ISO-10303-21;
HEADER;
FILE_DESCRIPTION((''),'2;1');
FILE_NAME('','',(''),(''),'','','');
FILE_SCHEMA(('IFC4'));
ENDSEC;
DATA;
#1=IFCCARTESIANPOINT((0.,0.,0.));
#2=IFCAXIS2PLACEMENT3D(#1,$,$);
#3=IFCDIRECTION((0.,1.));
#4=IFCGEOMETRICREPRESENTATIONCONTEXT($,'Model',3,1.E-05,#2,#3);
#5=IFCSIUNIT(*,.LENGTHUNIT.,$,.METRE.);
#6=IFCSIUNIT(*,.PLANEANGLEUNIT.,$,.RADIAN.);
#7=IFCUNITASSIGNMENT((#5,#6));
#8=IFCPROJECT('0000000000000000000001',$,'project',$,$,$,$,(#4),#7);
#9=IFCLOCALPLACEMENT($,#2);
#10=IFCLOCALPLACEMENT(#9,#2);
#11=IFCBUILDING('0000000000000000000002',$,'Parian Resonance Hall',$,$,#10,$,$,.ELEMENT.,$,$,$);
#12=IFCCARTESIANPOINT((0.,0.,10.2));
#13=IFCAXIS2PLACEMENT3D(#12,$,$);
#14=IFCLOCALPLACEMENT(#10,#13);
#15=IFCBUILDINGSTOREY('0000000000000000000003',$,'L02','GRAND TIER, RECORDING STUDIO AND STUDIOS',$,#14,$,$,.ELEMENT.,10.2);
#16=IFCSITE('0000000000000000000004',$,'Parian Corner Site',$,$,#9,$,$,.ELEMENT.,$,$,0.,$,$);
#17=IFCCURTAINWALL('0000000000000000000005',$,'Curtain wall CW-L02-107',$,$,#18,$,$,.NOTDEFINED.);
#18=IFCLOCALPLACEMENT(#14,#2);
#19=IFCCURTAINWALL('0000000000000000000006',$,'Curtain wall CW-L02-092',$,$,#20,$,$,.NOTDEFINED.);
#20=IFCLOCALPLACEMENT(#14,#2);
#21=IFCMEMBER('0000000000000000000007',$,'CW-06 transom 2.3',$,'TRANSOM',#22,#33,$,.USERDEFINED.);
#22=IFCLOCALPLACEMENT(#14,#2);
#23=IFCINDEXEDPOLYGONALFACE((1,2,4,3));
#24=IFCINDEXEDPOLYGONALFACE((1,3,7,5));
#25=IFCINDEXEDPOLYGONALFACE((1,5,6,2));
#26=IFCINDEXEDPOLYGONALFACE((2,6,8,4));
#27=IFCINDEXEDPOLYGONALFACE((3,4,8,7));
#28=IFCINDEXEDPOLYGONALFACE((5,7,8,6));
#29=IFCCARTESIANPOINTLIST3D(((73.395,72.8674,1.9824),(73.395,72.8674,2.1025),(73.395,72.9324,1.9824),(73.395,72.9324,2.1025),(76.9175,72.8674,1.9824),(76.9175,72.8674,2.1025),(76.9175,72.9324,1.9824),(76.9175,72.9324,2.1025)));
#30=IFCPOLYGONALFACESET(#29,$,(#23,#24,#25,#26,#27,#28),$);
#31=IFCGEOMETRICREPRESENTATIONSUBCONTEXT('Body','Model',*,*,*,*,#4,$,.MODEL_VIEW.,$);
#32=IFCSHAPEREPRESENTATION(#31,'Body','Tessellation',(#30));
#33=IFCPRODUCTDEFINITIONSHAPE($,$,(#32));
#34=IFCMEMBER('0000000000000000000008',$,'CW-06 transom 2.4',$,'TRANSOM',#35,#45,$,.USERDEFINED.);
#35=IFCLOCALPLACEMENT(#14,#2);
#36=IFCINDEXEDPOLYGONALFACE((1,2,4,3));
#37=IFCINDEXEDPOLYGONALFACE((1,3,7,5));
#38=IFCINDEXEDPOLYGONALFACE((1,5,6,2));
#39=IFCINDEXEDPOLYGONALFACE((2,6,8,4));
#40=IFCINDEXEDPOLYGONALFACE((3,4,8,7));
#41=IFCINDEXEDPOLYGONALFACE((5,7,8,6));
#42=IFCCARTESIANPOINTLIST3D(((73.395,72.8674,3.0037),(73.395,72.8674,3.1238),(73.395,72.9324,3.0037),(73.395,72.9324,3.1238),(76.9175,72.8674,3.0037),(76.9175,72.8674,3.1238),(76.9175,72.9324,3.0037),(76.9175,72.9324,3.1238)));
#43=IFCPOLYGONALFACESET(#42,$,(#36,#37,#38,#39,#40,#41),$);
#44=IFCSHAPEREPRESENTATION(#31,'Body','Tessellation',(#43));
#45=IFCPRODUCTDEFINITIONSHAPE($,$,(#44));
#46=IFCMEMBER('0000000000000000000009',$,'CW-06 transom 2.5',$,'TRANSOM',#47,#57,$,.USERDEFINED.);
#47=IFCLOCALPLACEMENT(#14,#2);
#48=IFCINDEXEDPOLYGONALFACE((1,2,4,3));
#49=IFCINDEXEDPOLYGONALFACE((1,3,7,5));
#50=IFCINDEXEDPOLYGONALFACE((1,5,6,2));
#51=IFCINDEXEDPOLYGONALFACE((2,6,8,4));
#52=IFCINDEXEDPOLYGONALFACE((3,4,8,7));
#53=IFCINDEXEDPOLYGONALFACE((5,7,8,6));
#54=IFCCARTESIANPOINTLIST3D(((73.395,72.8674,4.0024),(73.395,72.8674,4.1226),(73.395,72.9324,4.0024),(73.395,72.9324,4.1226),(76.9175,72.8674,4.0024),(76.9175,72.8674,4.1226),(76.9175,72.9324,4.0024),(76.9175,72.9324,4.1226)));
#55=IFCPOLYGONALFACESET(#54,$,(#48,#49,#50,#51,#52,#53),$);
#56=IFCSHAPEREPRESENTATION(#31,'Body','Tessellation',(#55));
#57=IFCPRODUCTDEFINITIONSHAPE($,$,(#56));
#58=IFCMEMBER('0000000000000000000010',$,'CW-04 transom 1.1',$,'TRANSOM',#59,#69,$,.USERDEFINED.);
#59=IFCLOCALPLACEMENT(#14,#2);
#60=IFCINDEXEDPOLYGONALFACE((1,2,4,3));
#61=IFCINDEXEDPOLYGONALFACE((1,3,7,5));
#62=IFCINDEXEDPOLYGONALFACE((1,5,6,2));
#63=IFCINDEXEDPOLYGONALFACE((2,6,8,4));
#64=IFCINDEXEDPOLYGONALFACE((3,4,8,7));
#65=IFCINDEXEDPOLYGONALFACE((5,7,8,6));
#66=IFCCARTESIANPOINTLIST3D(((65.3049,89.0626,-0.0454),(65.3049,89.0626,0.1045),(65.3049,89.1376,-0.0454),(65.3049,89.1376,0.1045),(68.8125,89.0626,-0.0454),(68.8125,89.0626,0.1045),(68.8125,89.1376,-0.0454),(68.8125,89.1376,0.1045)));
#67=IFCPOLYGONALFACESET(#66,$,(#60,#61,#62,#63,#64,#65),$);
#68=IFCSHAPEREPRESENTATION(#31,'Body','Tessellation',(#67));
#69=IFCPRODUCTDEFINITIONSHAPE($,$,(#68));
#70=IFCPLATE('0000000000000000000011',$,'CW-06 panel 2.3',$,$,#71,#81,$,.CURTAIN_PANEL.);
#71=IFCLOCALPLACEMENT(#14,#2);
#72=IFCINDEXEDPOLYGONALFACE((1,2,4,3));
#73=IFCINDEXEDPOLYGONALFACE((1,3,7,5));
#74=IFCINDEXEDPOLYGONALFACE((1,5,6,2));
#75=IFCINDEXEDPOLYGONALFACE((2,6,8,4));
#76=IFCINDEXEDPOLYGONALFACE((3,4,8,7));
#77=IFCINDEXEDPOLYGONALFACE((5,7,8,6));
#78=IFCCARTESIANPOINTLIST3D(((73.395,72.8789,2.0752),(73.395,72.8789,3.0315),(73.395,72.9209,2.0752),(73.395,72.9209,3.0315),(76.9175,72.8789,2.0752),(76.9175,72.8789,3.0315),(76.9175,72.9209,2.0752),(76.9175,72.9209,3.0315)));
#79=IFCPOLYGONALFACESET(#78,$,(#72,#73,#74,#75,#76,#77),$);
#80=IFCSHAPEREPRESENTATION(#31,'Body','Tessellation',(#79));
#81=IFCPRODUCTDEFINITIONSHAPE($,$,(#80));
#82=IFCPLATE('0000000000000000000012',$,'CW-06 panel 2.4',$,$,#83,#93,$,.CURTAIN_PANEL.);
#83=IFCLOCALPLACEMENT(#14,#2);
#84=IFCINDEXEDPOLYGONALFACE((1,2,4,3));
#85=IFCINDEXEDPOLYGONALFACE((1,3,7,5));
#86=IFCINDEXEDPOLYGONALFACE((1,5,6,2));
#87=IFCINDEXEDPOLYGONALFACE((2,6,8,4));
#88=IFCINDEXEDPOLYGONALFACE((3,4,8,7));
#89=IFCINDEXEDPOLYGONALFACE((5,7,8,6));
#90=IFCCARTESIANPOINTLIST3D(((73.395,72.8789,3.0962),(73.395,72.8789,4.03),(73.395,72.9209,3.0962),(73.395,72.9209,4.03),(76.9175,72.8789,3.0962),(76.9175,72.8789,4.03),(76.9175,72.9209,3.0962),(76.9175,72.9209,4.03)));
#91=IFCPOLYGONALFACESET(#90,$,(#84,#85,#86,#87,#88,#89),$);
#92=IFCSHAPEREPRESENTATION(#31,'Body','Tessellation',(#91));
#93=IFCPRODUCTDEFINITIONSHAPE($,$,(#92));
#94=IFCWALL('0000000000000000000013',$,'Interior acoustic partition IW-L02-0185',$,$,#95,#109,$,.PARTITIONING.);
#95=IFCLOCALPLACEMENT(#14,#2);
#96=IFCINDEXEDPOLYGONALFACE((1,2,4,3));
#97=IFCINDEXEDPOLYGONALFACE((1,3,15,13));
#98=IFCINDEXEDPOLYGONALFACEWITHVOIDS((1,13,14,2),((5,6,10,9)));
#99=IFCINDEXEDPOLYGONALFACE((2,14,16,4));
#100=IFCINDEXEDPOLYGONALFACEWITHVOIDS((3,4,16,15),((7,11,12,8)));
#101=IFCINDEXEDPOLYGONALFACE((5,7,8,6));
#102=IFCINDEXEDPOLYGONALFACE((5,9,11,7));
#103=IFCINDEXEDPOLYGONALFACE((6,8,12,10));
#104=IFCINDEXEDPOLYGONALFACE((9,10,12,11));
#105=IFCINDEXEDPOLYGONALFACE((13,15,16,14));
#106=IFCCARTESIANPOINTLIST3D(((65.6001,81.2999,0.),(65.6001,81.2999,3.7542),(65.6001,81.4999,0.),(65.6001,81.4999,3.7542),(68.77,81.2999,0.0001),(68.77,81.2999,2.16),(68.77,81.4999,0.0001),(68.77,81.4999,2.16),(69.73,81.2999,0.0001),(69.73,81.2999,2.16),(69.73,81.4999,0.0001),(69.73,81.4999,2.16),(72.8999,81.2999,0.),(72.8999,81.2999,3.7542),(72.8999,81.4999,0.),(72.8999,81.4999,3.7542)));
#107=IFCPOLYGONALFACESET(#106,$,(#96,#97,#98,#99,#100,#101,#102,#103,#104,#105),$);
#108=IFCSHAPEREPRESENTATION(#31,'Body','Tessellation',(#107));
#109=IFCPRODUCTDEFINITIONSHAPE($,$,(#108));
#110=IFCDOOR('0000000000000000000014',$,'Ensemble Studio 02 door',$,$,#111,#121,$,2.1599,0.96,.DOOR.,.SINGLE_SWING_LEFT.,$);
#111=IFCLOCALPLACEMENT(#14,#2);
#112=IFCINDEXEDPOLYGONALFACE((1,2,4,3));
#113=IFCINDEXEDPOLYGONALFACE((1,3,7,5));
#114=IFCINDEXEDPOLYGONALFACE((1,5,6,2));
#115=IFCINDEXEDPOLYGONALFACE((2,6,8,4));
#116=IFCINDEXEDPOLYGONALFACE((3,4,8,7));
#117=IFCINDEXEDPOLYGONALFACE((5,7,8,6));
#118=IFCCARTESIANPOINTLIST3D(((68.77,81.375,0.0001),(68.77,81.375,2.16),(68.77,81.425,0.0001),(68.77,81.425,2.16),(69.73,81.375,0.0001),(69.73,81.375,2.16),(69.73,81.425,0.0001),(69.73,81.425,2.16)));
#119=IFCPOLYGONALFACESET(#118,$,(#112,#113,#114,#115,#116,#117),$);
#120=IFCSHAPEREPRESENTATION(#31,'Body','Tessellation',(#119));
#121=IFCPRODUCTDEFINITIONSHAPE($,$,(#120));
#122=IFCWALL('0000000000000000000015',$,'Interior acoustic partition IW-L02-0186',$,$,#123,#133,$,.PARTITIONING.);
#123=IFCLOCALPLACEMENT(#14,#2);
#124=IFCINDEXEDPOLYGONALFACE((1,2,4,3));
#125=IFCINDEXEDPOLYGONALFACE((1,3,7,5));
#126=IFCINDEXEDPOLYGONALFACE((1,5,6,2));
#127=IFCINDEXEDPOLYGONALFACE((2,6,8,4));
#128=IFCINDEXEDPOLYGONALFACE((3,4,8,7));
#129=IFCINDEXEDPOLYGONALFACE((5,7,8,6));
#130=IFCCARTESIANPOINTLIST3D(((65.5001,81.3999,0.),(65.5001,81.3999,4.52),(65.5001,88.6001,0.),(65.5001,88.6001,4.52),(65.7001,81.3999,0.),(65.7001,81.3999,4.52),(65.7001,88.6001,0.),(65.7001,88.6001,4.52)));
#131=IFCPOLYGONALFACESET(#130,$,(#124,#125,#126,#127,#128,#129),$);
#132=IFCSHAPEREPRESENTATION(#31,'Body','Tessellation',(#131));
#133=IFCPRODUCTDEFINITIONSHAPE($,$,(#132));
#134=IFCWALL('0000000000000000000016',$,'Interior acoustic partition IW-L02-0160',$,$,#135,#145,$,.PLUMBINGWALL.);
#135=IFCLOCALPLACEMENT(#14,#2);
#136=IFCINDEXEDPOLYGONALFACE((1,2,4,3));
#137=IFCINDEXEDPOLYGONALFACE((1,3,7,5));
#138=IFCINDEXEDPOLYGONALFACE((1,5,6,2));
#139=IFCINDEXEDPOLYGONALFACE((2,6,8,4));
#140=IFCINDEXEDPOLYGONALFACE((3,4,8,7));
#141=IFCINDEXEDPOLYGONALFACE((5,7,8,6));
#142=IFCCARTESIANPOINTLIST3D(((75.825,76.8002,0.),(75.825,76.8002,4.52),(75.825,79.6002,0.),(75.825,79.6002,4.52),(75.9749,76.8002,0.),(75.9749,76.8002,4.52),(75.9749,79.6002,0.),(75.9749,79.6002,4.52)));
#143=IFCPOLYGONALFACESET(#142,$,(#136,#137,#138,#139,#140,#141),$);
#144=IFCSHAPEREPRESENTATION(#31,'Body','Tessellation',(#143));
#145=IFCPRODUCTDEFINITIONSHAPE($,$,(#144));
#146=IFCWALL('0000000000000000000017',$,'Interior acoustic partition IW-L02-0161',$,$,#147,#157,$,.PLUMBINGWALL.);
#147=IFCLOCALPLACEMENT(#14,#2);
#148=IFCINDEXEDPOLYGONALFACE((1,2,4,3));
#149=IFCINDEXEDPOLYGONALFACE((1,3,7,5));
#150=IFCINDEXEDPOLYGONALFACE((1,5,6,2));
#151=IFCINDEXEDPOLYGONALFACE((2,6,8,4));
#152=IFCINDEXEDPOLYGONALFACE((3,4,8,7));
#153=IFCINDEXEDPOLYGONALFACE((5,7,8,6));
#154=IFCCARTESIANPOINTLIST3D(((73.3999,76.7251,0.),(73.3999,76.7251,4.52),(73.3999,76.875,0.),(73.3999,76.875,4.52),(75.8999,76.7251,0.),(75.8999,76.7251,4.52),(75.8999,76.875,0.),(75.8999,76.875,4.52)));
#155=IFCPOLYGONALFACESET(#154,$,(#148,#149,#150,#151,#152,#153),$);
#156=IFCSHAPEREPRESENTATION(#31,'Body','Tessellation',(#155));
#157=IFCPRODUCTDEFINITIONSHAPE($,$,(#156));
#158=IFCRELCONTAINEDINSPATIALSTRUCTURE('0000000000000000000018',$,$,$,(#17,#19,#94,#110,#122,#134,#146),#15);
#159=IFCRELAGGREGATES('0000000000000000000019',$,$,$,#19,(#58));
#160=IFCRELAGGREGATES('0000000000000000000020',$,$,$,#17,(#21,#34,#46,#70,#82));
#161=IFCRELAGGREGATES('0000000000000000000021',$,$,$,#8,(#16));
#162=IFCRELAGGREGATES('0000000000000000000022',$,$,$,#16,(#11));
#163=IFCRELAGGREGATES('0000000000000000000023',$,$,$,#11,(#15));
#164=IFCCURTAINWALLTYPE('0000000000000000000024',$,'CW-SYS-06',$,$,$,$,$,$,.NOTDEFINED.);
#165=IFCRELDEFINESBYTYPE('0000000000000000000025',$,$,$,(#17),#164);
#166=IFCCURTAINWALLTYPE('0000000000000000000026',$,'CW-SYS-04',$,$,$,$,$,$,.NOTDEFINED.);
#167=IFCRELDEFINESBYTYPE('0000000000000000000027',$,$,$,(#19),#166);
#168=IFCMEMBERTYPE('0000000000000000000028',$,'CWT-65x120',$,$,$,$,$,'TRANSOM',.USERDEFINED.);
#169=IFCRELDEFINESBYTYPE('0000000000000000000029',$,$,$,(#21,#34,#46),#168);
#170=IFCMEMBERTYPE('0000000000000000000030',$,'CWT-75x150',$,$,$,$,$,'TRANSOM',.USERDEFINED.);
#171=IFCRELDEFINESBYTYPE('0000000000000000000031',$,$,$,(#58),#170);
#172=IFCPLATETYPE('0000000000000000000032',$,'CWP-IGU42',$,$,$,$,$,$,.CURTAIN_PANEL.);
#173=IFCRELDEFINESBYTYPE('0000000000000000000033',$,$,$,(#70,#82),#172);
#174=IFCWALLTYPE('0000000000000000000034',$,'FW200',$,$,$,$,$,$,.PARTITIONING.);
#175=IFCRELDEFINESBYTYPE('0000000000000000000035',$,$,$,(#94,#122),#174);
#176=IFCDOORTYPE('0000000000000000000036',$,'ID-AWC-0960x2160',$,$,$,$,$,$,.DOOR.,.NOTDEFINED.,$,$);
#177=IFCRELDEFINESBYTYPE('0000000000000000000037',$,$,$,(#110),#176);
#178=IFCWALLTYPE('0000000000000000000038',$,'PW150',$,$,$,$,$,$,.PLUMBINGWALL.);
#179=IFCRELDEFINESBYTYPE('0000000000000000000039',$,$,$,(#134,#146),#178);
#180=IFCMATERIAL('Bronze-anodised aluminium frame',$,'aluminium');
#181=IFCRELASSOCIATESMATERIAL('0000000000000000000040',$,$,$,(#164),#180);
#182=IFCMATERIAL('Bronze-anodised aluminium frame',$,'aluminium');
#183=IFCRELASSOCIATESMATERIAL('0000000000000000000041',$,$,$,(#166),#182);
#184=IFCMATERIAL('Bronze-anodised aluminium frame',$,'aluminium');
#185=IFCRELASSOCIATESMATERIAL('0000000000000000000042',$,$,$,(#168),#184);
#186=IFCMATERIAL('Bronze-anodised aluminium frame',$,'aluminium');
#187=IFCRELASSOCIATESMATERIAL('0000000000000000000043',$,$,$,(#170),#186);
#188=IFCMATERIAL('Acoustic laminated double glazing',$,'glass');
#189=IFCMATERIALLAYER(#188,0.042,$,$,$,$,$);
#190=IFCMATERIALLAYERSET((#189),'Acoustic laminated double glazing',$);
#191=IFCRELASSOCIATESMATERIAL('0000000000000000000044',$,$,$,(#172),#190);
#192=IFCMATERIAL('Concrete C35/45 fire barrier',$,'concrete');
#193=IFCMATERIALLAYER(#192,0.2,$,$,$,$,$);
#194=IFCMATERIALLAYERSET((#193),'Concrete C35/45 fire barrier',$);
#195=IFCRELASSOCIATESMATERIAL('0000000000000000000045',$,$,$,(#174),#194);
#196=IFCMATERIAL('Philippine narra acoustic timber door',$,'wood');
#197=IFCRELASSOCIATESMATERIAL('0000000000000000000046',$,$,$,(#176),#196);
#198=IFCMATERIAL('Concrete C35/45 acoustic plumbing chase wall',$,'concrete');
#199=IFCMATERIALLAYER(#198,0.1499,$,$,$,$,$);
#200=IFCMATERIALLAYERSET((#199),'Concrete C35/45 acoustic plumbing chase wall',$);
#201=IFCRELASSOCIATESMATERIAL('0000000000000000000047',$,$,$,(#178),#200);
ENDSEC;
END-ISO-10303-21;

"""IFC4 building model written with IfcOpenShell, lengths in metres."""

from ifc_helpers import new_model, si_unit, direction, frame, frame_2d, origin, origin_2d, place, context, subcontext, project, spatial, rectangle, extrude, material, layer, layer_set, material_profile, profile_set, type_object, element, fill, aggregate, save


model = new_model("IFC4")

# Units and contexts
model_context = context("Model", 3, precision=1e-05, world=origin(), true_north=direction((0.0, 1.0)))
body_context = subcontext(model_context, "Body", "Model", "MODEL_VIEW")
ifc_project = project(units=[si_unit("LENGTHUNIT", "METRE"), si_unit("PLANEANGLEUNIT", "RADIAN")], contexts=[model_context])

# Site, building, storey
site_placement = place(None, origin())
site = spatial("IfcSite", under=ifc_project, at=site_placement, Name="Parian Corner Site", CompositionType="ELEMENT", RefElevation=0.0)
building_placement = place(site_placement, origin())
building = spatial("IfcBuilding", under=site, at=building_placement, Name="Parian Resonance Hall", CompositionType="ELEMENT")
storey_placement = place(building_placement, frame((0.0, 0.0, 10.2)))
storey = spatial("IfcBuildingStorey", under=building, at=storey_placement, Name="L02", Description="GRAND TIER, RECORDING STUDIO AND STUDIOS", CompositionType="ELEMENT", Elevation=10.2)

# Curtain walls
ifc_material_1 = material(Name="Bronze-anodised aluminium frame", Category="aluminium")
curtain_wall_type_1 = type_object("IfcCurtainWallType", Name="CW-SYS-06", PredefinedType="NOTDEFINED", material=ifc_material_1)
curtain_wall_1_placement = place(storey_placement, origin())
curtain_wall_1 = element("IfcCurtainWall", 1, at=curtain_wall_1_placement, inside=storey, type_object=curtain_wall_type_1, Name="Curtain wall CW-L02-107", PredefinedType="NOTDEFINED")
ifc_material_2 = material(Name="Bronze-anodised aluminium frame", Category="aluminium")
curtain_wall_type_2 = type_object("IfcCurtainWallType", Name="CW-SYS-04", PredefinedType="NOTDEFINED", material=ifc_material_2)
curtain_wall_2_placement = place(storey_placement, origin())
curtain_wall_2 = element("IfcCurtainWall", 2, at=curtain_wall_2_placement, inside=storey, type_object=curtain_wall_type_2, Name="Curtain wall CW-L02-092", PredefinedType="NOTDEFINED")

# Members
ifc_material_3 = material(Name="Bronze-anodised aluminium frame", Category="aluminium")
ifc_material_profile_1 = material_profile(ifc_material_3, rectangle(XDim=0.0649, YDim=0.1201, at=origin_2d()), Name="CWT-65x120")
ifc_profile_set_1 = profile_set([ifc_material_profile_1], Name="Bronze-anodised aluminium frame")
member_type_1 = type_object("IfcMemberType", Name="CWT-65x120", ElementType="TRANSOM", PredefinedType="USERDEFINED", material=ifc_profile_set_1)
member_1_placement = place(storey_placement, frame((76.9175, 72.8999, 2.0425), z_axis=(-1.0, 0.0, 0.0), x_axis=(0.0, -1.0, 0.0)))
member_1 = element("IfcMember", 3, at=member_1_placement, type_object=member_type_1, Name="CW-06 transom 2.3", ObjectType="TRANSOM", PredefinedType="USERDEFINED", context=body_context, shape_type="SweptSolid", body=[
    extrude(rectangle(XDim=0.0649, YDim=0.1201, at=origin_2d()), origin(), (0.0, 0.0, 1.0), 3.5225),
])
member_2_placement = place(storey_placement, frame((76.9175, 72.8999, 3.0637), z_axis=(-1.0, 0.0, 0.0), x_axis=(0.0, -1.0, 0.0)))
member_2 = element("IfcMember", 4, at=member_2_placement, type_object=member_type_1, Name="CW-06 transom 2.4", ObjectType="TRANSOM", PredefinedType="USERDEFINED", context=body_context, shape_type="SweptSolid", body=[
    extrude(rectangle(XDim=0.0649, YDim=0.1201, at=origin_2d()), origin(), (0.0, 0.0, 1.0), 3.5225),
])
member_3_placement = place(storey_placement, frame((76.9175, 72.8999, 4.0625), z_axis=(-1.0, 0.0, 0.0), x_axis=(0.0, -1.0, 0.0)))
member_3 = element("IfcMember", 5, at=member_3_placement, type_object=member_type_1, Name="CW-06 transom 2.5", ObjectType="TRANSOM", PredefinedType="USERDEFINED", context=body_context, shape_type="SweptSolid", body=[
    extrude(rectangle(XDim=0.0649, YDim=0.1201, at=origin_2d()), origin(), (0.0, 0.0, 1.0), 3.5225),
])
ifc_material_4 = material(Name="Bronze-anodised aluminium frame", Category="aluminium")
ifc_material_profile_2 = material_profile(ifc_material_4, rectangle(XDim=0.075, YDim=0.1499, at=origin_2d()), Name="CWT-75x150")
ifc_profile_set_2 = profile_set([ifc_material_profile_2], Name="Bronze-anodised aluminium frame")
member_type_2 = type_object("IfcMemberType", Name="CWT-75x150", ElementType="TRANSOM", PredefinedType="USERDEFINED", material=ifc_profile_set_2)
member_4_placement = place(storey_placement, frame((65.3049, 89.1001, 0.0295), z_axis=(1.0, 0.0, 0.0), x_axis=(0.0, 1.0, 0.0)))
member_4 = element("IfcMember", 6, at=member_4_placement, type_object=member_type_2, Name="CW-04 transom 1.1", ObjectType="TRANSOM", PredefinedType="USERDEFINED", context=body_context, shape_type="SweptSolid", body=[
    extrude(rectangle(XDim=0.075, YDim=0.1499, at=origin_2d()), origin(), (0.0, 0.0, 1.0), 3.5076),
])
aggregate(curtain_wall_2, [member_4])

# Plates
ifc_material_5 = material(Name="Acoustic laminated double glazing", Category="glass")
ifc_layer_1 = layer(ifc_material_5, 0.042)
ifc_layer_set_1 = layer_set([ifc_layer_1], Name="Acoustic laminated double glazing")
plate_type = type_object("IfcPlateType", Name="CWP-IGU42", PredefinedType="CURTAIN_PANEL", material=ifc_layer_set_1)
plate_1_placement = place(storey_placement, frame((75.1562, 72.8999, 2.0752), z_axis=(0.0, 0.0, 1.0), x_axis=(-1.0, 0.0, 0.0)))
plate_1 = element("IfcPlate", 7, at=plate_1_placement, type_object=plate_type, Name="CW-06 panel 2.3", PredefinedType="CURTAIN_PANEL", context=body_context, shape_type="SweptSolid", body=[
    extrude(rectangle(XDim=3.5225, YDim=0.042, at=origin_2d()), origin(), (0.0, 0.0, 1.0), 0.9563),
])
plate_2_placement = place(storey_placement, frame((75.1562, 72.8999, 3.0962), z_axis=(0.0, 0.0, 1.0), x_axis=(-1.0, 0.0, 0.0)))
plate_2 = element("IfcPlate", 8, at=plate_2_placement, type_object=plate_type, Name="CW-06 panel 2.4", PredefinedType="CURTAIN_PANEL", context=body_context, shape_type="SweptSolid", body=[
    extrude(rectangle(XDim=3.5225, YDim=0.042, at=origin_2d()), origin(), (0.0, 0.0, 1.0), 0.9338),
])
aggregate(curtain_wall_1, [member_1, member_2, member_3, plate_1, plate_2])

# Wall, opening, door
ifc_material_6 = material(Name="Concrete C35/45 fire barrier", Category="concrete")
ifc_layer_2 = layer(ifc_material_6, 0.2)
ifc_layer_set_2 = layer_set([ifc_layer_2], Name="Concrete C35/45 fire barrier")
wall_type_1 = type_object("IfcWallType", Name="FW200", PredefinedType="PARTITIONING", material=ifc_layer_set_2)
wall_1_placement = place(storey_placement, frame((72.8999, 81.3999, 0.0), z_axis=(0.0, 0.0, 1.0), x_axis=(-1.0, 0.0, 0.0)))
wall_1 = element("IfcWall", 9, at=wall_1_placement, inside=storey, type_object=wall_type_1, Name="Interior acoustic partition IW-L02-0185", PredefinedType="PARTITIONING", context=body_context, shape_type="SweptSolid", body=[
    extrude(rectangle(XDim=7.2998, YDim=0.2, at=frame_2d((3.6499, 0.0))), origin(), (0.0, 0.0, 1.0), 3.7542),
])
opening_1_placement = place(wall_1_placement, frame((3.1699, 0.0, 0.0)))
opening_1 = element("IfcOpeningElement", 10, at=opening_1_placement, cuts=wall_1, PredefinedType="OPENING", context=body_context, shape_type="SweptSolid", body=[
    extrude(rectangle(XDim=0.96, YDim=2.1599, at=frame_2d((0.48, 1.0801))), frame((0.0, 0.1099, 0.0), z_axis=(0.0, -1.0, 0.0), x_axis=(1.0, 0.0, 0.0)), (0.0, 0.0, 1.0), 0.22),
])
ifc_material_7 = material(Name="Philippine narra acoustic timber door", Category="wood")
door_type_1 = type_object("IfcDoorType", Name="ID-AWC-0960x2160", OperationType="NOTDEFINED", PredefinedType="DOOR", material=ifc_material_7)
door_1_placement = place(opening_1_placement, origin())
door_1 = element("IfcDoor", 11, at=door_1_placement, inside=storey, type_object=door_type_1, Name="Ensemble Studio 02 door", OperationType="SINGLE_SWING_LEFT", OverallHeight=2.1599, OverallWidth=0.96, PredefinedType="DOOR", context=body_context, shape_type="SweptSolid", body=[
    extrude(rectangle(XDim=0.96, YDim=2.1599, at=frame_2d((0.48, 1.0801))), frame((0.0, 0.0249, 0.0), z_axis=(0.0, -1.0, 0.0), x_axis=(1.0, 0.0, 0.0)), (0.0, 0.0, 1.0), 0.05),
])
fill(opening_1, door_1)

# Walls
wall_2_placement = place(storey_placement, frame((65.6001, 81.3999, 0.0), z_axis=(0.0, 0.0, 1.0), x_axis=(0.0, 1.0, 0.0)))
element("IfcWall", 12, at=wall_2_placement, inside=storey, type_object=wall_type_1, Name="Interior acoustic partition IW-L02-0186", PredefinedType="PARTITIONING", context=body_context, shape_type="SweptSolid", body=[
    extrude(rectangle(XDim=7.2002, YDim=0.2, at=frame_2d((3.6001, 0.0))), origin(), (0.0, 0.0, 1.0), 4.52),
])
ifc_material_8 = material(Name="Concrete C35/45 acoustic plumbing chase wall", Category="concrete")
ifc_layer_3 = layer(ifc_material_8, 0.1499)
ifc_layer_set_3 = layer_set([ifc_layer_3], Name="Concrete C35/45 acoustic plumbing chase wall")
wall_type_2 = type_object("IfcWallType", Name="PW150", PredefinedType="PLUMBINGWALL", material=ifc_layer_set_3)
wall_3_placement = place(storey_placement, frame((75.8999, 79.6001, 0.0), z_axis=(0.0, 0.0, 1.0), x_axis=(0.0, -1.0, 0.0)))
element("IfcWall", 13, at=wall_3_placement, inside=storey, type_object=wall_type_2, Name="Interior acoustic partition IW-L02-0160", PredefinedType="PLUMBINGWALL", context=body_context, shape_type="SweptSolid", body=[
    extrude(rectangle(XDim=2.8, YDim=0.1499, at=frame_2d((1.3999, 0.0))), origin(), (0.0, 0.0, 1.0), 4.52),
])
wall_4_placement = place(storey_placement, frame((75.8999, 76.8, 0.0), z_axis=(0.0, 0.0, 1.0), x_axis=(-1.0, 0.0, 0.0)))
element("IfcWall", 14, at=wall_4_placement, inside=storey, type_object=wall_type_2, Name="Interior acoustic partition IW-L02-0161", PredefinedType="PLUMBINGWALL", context=body_context, shape_type="SweptSolid", body=[
    extrude(rectangle(XDim=2.5, YDim=0.1499, at=frame_2d((1.25, 0.0))), origin(), (0.0, 0.0, 1.0), 4.52),
])

save(model, "model.ifc")
